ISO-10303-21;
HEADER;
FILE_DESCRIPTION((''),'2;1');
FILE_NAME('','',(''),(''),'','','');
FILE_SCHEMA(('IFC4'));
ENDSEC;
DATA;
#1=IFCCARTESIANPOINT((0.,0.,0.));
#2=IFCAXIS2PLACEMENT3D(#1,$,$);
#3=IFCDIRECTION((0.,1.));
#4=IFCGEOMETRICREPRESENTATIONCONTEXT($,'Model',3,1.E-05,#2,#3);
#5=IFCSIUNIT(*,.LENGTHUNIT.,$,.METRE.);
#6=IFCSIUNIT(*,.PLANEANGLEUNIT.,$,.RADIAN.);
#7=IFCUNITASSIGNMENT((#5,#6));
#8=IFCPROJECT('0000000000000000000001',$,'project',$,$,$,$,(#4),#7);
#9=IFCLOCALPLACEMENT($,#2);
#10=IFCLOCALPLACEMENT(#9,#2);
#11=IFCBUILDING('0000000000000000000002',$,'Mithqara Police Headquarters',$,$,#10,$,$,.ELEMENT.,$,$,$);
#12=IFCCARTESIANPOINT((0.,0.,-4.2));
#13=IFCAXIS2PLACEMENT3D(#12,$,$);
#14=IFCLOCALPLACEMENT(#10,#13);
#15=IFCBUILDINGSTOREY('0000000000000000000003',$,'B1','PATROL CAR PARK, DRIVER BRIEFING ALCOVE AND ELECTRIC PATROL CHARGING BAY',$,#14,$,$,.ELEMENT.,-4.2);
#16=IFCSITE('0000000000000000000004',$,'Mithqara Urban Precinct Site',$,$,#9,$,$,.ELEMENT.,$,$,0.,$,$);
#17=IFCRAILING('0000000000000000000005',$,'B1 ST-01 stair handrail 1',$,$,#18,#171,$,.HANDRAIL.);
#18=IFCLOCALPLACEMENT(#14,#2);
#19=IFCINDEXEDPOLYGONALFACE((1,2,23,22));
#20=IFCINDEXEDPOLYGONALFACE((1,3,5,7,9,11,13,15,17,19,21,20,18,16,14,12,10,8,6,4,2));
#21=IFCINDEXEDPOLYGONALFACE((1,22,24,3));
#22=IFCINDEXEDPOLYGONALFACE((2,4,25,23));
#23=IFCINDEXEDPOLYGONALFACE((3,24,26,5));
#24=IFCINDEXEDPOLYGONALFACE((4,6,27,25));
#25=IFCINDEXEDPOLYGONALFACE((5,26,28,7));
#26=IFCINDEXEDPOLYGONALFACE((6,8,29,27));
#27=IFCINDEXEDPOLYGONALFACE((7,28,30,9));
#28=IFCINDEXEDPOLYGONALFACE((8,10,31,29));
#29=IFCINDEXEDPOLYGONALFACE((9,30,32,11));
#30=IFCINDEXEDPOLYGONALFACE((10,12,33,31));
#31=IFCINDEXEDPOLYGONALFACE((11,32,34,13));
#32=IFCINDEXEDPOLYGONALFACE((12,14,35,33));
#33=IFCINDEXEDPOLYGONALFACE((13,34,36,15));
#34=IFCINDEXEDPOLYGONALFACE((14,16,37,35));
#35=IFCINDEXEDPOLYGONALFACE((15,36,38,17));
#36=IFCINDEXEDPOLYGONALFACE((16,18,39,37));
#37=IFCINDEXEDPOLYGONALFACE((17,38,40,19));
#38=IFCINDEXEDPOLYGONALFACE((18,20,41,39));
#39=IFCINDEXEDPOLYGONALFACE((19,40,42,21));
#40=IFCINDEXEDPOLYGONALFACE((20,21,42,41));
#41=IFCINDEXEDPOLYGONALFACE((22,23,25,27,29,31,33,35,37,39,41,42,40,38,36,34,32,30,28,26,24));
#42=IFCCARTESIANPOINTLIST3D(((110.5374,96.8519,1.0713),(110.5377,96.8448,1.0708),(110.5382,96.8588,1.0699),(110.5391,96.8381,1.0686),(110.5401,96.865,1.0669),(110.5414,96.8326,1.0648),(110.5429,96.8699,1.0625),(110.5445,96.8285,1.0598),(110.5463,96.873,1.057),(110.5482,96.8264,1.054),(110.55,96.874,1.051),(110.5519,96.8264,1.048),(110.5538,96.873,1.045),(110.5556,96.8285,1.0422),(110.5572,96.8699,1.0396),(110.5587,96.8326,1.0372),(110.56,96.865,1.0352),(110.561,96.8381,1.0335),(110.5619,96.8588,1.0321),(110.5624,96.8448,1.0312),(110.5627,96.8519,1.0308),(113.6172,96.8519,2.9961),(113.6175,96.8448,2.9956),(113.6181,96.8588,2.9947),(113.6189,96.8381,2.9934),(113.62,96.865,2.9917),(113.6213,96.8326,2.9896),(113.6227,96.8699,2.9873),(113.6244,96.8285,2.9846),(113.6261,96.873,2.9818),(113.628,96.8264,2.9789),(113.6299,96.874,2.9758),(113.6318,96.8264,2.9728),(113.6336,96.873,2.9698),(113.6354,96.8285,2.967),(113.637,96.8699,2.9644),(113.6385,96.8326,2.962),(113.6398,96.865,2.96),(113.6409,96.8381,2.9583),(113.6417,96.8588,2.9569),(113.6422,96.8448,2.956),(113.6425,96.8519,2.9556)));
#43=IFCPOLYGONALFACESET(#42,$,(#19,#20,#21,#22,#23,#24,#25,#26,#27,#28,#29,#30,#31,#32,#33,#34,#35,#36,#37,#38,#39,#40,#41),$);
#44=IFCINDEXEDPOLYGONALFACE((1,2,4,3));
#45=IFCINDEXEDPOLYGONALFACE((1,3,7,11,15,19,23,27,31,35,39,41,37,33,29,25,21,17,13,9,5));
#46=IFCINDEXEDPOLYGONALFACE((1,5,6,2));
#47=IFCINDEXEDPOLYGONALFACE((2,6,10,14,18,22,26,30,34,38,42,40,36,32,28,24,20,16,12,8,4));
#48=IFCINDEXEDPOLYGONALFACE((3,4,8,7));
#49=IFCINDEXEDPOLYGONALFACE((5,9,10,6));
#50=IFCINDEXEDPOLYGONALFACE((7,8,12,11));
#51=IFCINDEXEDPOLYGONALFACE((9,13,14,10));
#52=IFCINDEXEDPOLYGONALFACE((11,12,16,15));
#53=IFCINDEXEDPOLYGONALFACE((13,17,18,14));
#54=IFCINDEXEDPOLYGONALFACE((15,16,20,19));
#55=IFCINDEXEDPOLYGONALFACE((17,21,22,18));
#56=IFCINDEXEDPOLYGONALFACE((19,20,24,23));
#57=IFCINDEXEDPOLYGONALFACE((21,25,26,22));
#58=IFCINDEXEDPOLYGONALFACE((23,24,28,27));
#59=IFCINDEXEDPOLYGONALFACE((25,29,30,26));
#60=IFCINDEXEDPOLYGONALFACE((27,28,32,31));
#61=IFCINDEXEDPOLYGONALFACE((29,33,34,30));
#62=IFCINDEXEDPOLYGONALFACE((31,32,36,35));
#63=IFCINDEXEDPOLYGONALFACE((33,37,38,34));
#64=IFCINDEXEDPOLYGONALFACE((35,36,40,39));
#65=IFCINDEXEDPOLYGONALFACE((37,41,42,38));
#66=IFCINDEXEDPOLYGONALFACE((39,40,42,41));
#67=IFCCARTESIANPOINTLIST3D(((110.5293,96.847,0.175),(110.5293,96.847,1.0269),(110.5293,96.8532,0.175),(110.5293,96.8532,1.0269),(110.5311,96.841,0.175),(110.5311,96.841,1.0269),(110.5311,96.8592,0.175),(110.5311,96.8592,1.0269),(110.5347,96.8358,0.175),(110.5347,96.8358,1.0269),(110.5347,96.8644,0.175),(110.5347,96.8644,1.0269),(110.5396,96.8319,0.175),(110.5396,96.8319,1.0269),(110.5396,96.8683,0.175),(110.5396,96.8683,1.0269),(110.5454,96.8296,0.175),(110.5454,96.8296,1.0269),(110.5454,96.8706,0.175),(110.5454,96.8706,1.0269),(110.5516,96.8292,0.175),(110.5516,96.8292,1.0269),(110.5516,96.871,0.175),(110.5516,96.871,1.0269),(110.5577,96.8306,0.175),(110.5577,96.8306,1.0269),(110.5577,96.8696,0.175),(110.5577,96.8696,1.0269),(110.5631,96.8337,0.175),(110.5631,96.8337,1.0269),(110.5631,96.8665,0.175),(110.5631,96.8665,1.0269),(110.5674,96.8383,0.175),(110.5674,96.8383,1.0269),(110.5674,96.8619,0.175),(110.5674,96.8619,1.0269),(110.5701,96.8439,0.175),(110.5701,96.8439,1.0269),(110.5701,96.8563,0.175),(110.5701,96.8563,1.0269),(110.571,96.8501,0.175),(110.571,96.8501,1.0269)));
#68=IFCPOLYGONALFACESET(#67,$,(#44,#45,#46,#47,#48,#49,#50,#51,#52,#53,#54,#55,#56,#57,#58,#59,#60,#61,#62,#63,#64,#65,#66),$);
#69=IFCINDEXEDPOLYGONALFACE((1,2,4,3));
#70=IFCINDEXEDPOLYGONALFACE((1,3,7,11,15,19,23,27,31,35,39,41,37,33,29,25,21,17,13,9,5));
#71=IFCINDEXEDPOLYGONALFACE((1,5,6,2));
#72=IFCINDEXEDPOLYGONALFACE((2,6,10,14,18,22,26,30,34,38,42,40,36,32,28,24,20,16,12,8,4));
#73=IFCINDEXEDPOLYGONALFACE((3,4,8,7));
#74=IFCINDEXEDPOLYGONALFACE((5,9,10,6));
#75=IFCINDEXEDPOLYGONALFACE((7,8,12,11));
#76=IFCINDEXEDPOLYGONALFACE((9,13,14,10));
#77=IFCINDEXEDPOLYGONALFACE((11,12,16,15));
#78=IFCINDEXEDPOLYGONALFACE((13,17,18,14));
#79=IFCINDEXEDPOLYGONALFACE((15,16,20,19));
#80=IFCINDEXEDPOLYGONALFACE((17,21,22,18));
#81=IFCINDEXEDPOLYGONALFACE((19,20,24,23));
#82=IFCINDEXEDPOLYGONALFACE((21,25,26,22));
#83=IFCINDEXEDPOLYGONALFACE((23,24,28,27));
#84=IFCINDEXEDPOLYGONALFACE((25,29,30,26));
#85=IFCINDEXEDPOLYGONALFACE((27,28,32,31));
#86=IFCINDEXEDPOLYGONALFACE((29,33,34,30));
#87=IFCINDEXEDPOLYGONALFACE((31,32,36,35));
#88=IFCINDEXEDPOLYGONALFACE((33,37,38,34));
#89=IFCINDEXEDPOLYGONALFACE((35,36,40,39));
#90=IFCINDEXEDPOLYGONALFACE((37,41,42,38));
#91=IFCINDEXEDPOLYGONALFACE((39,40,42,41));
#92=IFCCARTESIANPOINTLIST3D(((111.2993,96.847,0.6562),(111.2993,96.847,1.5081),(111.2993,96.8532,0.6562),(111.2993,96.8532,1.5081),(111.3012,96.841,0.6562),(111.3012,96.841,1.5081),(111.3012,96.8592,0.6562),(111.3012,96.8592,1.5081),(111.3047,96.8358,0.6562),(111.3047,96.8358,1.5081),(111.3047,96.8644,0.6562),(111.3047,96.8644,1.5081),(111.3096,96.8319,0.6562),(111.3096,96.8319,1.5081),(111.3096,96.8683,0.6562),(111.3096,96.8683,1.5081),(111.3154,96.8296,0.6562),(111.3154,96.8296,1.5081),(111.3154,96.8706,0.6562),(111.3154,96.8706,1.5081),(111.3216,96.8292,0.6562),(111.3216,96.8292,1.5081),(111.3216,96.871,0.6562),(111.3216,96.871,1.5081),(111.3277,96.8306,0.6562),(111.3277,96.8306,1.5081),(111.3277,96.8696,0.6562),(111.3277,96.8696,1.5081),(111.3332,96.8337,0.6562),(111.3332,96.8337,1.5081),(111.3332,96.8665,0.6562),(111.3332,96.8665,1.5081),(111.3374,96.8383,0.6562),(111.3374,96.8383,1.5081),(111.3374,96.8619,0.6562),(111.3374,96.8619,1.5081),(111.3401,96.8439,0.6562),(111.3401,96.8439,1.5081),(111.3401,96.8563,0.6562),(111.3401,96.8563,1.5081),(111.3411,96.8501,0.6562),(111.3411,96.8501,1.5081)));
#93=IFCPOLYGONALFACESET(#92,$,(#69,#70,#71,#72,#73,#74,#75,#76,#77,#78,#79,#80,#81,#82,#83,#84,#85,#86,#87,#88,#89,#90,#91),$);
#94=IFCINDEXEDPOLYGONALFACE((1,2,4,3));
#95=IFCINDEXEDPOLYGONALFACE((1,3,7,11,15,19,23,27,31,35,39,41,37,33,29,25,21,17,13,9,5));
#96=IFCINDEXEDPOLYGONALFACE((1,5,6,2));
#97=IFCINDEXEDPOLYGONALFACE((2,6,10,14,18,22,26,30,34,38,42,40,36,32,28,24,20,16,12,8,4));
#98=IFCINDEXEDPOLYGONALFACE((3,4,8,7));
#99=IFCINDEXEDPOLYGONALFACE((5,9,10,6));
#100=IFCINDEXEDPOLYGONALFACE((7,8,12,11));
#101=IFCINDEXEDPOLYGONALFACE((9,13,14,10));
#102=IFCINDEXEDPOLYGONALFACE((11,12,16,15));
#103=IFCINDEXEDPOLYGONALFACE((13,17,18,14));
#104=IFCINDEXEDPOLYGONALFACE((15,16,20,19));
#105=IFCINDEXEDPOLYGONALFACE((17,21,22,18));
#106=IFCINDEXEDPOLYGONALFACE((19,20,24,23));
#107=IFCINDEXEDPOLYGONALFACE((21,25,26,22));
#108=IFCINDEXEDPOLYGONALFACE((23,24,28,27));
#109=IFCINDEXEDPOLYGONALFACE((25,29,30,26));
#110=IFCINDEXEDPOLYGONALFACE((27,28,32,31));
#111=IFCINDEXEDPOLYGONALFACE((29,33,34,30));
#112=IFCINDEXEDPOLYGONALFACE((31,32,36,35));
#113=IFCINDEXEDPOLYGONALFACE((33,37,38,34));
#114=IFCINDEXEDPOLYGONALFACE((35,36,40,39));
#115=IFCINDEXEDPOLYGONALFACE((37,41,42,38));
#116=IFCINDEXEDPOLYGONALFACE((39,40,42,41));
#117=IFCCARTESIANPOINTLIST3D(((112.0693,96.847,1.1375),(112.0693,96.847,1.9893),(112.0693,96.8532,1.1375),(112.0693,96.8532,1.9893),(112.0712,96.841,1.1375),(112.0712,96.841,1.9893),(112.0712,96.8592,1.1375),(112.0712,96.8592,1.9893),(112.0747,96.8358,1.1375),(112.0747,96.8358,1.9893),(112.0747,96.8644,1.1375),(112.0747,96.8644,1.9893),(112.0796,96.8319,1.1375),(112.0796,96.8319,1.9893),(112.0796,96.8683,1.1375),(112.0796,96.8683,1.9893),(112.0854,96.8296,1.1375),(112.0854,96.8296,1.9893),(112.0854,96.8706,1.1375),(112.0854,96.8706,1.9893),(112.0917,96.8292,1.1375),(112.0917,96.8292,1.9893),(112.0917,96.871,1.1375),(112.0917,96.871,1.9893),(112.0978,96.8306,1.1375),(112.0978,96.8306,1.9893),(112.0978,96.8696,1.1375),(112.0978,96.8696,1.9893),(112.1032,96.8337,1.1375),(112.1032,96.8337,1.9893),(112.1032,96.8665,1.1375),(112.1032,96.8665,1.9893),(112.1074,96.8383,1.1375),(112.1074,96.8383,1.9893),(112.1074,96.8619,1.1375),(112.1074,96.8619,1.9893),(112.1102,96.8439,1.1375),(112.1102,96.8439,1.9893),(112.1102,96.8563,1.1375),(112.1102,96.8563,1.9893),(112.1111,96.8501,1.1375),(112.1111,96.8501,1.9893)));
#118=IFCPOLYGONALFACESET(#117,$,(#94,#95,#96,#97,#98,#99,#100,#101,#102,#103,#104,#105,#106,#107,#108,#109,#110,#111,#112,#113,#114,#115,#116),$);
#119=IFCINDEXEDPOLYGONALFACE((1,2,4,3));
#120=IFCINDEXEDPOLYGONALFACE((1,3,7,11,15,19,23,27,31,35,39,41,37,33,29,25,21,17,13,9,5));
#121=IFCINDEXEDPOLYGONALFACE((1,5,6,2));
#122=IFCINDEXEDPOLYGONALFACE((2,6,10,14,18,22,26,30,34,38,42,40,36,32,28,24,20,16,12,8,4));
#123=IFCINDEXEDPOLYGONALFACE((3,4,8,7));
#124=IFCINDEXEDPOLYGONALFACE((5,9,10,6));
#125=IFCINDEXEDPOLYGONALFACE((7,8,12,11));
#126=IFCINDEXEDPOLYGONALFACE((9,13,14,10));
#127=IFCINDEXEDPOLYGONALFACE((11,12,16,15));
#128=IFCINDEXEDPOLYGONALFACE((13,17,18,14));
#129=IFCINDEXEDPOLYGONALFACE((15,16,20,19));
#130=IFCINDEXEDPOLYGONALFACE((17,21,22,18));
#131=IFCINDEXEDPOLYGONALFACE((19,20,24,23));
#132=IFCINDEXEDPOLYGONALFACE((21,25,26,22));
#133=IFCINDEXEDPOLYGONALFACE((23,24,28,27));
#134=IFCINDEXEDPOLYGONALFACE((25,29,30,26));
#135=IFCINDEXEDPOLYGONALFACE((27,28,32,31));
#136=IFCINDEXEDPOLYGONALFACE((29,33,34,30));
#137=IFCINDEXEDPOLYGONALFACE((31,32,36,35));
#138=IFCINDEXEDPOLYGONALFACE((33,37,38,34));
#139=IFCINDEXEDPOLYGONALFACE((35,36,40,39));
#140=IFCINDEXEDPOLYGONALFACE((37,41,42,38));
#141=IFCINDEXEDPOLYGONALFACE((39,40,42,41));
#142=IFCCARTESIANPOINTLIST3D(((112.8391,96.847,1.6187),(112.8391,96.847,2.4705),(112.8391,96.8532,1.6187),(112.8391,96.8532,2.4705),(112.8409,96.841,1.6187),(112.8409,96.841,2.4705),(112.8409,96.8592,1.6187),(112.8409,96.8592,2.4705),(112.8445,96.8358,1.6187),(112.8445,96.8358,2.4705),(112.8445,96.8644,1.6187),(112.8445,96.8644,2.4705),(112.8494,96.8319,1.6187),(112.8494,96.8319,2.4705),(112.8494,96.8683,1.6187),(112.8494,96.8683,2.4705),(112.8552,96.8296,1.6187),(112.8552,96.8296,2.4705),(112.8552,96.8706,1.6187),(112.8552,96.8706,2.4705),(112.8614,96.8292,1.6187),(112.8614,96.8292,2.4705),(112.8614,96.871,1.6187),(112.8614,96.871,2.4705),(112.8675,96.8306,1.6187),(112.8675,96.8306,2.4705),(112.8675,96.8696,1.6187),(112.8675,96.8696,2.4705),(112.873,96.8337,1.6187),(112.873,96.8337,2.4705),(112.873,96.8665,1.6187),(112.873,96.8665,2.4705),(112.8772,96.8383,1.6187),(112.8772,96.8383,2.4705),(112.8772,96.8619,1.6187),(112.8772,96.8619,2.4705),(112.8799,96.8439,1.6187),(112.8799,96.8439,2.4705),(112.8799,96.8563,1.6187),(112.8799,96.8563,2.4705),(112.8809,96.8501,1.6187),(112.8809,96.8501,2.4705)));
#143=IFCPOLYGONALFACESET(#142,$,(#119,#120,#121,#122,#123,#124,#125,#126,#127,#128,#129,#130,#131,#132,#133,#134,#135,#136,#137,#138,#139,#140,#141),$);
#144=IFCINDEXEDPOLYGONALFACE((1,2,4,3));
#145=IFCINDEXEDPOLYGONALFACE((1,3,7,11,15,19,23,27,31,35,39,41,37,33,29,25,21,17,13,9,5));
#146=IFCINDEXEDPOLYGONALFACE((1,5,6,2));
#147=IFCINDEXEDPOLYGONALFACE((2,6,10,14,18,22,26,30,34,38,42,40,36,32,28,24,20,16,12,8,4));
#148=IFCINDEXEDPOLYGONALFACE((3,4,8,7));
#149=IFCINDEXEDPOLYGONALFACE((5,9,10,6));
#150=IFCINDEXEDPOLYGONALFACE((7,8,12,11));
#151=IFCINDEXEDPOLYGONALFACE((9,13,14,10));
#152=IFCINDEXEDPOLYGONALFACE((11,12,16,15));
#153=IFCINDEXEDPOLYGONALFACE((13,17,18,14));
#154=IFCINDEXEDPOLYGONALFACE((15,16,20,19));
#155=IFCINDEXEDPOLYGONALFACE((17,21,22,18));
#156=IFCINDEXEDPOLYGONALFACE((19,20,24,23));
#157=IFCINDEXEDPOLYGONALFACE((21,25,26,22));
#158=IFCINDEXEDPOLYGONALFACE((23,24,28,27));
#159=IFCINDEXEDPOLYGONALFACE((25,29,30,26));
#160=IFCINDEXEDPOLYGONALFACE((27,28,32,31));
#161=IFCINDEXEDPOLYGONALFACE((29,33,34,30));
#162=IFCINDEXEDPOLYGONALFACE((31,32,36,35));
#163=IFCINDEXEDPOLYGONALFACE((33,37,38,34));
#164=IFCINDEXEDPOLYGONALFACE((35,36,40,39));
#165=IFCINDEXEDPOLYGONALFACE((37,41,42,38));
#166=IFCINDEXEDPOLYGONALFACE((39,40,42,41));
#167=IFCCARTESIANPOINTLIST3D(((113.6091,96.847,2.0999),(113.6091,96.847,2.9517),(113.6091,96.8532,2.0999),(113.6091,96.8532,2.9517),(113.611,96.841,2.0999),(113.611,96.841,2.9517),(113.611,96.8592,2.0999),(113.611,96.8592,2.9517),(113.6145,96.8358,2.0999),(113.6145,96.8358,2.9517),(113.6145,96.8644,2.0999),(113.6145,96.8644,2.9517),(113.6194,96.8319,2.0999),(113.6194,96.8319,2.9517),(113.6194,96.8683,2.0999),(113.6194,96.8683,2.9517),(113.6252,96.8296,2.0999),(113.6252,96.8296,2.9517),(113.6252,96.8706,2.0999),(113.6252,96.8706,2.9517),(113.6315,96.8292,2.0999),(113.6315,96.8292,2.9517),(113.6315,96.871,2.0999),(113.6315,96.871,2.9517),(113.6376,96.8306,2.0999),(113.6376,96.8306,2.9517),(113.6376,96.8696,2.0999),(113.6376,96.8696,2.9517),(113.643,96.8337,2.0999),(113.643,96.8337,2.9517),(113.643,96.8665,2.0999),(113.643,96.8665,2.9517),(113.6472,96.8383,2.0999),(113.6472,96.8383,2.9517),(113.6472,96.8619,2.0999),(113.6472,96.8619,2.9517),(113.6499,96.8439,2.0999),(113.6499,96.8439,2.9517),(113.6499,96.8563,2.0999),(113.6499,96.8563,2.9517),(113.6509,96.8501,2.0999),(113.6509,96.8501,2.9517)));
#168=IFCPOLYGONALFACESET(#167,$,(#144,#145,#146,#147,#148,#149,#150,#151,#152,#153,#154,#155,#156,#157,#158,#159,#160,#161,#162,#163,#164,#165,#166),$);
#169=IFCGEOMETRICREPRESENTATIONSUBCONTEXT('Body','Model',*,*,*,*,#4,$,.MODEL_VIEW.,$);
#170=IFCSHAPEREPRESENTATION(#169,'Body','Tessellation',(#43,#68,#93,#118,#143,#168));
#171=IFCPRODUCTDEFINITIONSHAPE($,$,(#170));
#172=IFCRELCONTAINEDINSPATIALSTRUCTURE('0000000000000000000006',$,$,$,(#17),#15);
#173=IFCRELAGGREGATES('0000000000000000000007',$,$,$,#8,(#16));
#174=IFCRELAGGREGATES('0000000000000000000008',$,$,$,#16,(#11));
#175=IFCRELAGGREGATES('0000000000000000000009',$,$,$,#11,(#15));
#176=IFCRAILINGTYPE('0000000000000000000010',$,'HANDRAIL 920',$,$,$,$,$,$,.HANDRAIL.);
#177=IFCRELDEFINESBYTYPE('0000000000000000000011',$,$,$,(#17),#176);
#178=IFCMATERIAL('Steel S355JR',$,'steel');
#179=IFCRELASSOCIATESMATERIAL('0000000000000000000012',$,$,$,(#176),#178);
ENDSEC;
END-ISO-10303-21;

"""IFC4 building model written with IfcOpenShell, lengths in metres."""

from ifc_helpers import new_model, si_unit, direction, frame, origin, origin_2d, place, context, subcontext, project, spatial, circle, extrude, material, type_object, element, save


model = new_model("IFC4")

# Units and contexts
model_context = context("Model", 3, precision=1e-05, world=origin(), true_north=direction((0.0, 1.0)))
body_context = subcontext(model_context, "Body", "Model", "MODEL_VIEW")
ifc_project = project(units=[si_unit("LENGTHUNIT", "METRE"), si_unit("PLANEANGLEUNIT", "RADIAN")], contexts=[model_context])

# Site, building, storey
site_placement = place(None, origin())
site = spatial("IfcSite", under=ifc_project, at=site_placement, Name="Mithqara Urban Precinct Site", CompositionType="ELEMENT", RefElevation=0.0)
building_placement = place(site_placement, origin())
building = spatial("IfcBuilding", under=site, at=building_placement, Name="Mithqara Police Headquarters", CompositionType="ELEMENT")
storey_placement = place(building_placement, frame((0.0, 0.0, -4.2)))
storey = spatial("IfcBuildingStorey", under=building, at=storey_placement, Name="B1", Description="PATROL CAR PARK, DRIVER BRIEFING ALCOVE AND ELECTRIC PATROL CHARGING BAY", CompositionType="ELEMENT", Elevation=-4.2)

# Shared definitions
ifc_material_1 = material(Name="Steel S355JR", Category="steel")

# Railing
railing_type_1 = type_object("IfcRailingType", Name="HANDRAIL 920", PredefinedType="HANDRAIL", material=ifc_material_1)
railing_1_placement = place(storey_placement, frame((110.55, 96.8501, 0.175)))
element("IfcRailing", 1, at=railing_1_placement, inside=storey, type_object=railing_type_1, Name="B1 ST-01 stair handrail 1", PredefinedType="HANDRAIL", context=body_context, shape_type="SweptSolid", body=[
    extrude(circle(Radius=0.0239, at=origin_2d()), frame((0.0, 0.0, 0.876), z_axis=(0.84801, 0.0, 0.529981), x_axis=(0.0, 1.0, 0.0)), (0.0, 0.0, 1.0), 3.6318),
    extrude(circle(Radius=0.021, at=origin_2d()), origin(), (0.0, 0.0, 1.0), 0.8518),
    extrude(circle(Radius=0.021, at=origin_2d()), frame((0.77, 0.0, 0.4812)), (0.0, 0.0, 1.0), 0.8518),
    extrude(circle(Radius=0.021, at=origin_2d()), frame((1.54, 0.0, 0.9624)), (0.0, 0.0, 1.0), 0.8518),
    extrude(circle(Radius=0.021, at=origin_2d()), frame((2.3098, 0.0, 1.4436)), (0.0, 0.0, 1.0), 0.8518),
    extrude(circle(Radius=0.021, at=origin_2d()), frame((3.0798, 0.0, 1.9248)), (0.0, 0.0, 1.0), 0.8518),
])

save(model, "model.ifc")
